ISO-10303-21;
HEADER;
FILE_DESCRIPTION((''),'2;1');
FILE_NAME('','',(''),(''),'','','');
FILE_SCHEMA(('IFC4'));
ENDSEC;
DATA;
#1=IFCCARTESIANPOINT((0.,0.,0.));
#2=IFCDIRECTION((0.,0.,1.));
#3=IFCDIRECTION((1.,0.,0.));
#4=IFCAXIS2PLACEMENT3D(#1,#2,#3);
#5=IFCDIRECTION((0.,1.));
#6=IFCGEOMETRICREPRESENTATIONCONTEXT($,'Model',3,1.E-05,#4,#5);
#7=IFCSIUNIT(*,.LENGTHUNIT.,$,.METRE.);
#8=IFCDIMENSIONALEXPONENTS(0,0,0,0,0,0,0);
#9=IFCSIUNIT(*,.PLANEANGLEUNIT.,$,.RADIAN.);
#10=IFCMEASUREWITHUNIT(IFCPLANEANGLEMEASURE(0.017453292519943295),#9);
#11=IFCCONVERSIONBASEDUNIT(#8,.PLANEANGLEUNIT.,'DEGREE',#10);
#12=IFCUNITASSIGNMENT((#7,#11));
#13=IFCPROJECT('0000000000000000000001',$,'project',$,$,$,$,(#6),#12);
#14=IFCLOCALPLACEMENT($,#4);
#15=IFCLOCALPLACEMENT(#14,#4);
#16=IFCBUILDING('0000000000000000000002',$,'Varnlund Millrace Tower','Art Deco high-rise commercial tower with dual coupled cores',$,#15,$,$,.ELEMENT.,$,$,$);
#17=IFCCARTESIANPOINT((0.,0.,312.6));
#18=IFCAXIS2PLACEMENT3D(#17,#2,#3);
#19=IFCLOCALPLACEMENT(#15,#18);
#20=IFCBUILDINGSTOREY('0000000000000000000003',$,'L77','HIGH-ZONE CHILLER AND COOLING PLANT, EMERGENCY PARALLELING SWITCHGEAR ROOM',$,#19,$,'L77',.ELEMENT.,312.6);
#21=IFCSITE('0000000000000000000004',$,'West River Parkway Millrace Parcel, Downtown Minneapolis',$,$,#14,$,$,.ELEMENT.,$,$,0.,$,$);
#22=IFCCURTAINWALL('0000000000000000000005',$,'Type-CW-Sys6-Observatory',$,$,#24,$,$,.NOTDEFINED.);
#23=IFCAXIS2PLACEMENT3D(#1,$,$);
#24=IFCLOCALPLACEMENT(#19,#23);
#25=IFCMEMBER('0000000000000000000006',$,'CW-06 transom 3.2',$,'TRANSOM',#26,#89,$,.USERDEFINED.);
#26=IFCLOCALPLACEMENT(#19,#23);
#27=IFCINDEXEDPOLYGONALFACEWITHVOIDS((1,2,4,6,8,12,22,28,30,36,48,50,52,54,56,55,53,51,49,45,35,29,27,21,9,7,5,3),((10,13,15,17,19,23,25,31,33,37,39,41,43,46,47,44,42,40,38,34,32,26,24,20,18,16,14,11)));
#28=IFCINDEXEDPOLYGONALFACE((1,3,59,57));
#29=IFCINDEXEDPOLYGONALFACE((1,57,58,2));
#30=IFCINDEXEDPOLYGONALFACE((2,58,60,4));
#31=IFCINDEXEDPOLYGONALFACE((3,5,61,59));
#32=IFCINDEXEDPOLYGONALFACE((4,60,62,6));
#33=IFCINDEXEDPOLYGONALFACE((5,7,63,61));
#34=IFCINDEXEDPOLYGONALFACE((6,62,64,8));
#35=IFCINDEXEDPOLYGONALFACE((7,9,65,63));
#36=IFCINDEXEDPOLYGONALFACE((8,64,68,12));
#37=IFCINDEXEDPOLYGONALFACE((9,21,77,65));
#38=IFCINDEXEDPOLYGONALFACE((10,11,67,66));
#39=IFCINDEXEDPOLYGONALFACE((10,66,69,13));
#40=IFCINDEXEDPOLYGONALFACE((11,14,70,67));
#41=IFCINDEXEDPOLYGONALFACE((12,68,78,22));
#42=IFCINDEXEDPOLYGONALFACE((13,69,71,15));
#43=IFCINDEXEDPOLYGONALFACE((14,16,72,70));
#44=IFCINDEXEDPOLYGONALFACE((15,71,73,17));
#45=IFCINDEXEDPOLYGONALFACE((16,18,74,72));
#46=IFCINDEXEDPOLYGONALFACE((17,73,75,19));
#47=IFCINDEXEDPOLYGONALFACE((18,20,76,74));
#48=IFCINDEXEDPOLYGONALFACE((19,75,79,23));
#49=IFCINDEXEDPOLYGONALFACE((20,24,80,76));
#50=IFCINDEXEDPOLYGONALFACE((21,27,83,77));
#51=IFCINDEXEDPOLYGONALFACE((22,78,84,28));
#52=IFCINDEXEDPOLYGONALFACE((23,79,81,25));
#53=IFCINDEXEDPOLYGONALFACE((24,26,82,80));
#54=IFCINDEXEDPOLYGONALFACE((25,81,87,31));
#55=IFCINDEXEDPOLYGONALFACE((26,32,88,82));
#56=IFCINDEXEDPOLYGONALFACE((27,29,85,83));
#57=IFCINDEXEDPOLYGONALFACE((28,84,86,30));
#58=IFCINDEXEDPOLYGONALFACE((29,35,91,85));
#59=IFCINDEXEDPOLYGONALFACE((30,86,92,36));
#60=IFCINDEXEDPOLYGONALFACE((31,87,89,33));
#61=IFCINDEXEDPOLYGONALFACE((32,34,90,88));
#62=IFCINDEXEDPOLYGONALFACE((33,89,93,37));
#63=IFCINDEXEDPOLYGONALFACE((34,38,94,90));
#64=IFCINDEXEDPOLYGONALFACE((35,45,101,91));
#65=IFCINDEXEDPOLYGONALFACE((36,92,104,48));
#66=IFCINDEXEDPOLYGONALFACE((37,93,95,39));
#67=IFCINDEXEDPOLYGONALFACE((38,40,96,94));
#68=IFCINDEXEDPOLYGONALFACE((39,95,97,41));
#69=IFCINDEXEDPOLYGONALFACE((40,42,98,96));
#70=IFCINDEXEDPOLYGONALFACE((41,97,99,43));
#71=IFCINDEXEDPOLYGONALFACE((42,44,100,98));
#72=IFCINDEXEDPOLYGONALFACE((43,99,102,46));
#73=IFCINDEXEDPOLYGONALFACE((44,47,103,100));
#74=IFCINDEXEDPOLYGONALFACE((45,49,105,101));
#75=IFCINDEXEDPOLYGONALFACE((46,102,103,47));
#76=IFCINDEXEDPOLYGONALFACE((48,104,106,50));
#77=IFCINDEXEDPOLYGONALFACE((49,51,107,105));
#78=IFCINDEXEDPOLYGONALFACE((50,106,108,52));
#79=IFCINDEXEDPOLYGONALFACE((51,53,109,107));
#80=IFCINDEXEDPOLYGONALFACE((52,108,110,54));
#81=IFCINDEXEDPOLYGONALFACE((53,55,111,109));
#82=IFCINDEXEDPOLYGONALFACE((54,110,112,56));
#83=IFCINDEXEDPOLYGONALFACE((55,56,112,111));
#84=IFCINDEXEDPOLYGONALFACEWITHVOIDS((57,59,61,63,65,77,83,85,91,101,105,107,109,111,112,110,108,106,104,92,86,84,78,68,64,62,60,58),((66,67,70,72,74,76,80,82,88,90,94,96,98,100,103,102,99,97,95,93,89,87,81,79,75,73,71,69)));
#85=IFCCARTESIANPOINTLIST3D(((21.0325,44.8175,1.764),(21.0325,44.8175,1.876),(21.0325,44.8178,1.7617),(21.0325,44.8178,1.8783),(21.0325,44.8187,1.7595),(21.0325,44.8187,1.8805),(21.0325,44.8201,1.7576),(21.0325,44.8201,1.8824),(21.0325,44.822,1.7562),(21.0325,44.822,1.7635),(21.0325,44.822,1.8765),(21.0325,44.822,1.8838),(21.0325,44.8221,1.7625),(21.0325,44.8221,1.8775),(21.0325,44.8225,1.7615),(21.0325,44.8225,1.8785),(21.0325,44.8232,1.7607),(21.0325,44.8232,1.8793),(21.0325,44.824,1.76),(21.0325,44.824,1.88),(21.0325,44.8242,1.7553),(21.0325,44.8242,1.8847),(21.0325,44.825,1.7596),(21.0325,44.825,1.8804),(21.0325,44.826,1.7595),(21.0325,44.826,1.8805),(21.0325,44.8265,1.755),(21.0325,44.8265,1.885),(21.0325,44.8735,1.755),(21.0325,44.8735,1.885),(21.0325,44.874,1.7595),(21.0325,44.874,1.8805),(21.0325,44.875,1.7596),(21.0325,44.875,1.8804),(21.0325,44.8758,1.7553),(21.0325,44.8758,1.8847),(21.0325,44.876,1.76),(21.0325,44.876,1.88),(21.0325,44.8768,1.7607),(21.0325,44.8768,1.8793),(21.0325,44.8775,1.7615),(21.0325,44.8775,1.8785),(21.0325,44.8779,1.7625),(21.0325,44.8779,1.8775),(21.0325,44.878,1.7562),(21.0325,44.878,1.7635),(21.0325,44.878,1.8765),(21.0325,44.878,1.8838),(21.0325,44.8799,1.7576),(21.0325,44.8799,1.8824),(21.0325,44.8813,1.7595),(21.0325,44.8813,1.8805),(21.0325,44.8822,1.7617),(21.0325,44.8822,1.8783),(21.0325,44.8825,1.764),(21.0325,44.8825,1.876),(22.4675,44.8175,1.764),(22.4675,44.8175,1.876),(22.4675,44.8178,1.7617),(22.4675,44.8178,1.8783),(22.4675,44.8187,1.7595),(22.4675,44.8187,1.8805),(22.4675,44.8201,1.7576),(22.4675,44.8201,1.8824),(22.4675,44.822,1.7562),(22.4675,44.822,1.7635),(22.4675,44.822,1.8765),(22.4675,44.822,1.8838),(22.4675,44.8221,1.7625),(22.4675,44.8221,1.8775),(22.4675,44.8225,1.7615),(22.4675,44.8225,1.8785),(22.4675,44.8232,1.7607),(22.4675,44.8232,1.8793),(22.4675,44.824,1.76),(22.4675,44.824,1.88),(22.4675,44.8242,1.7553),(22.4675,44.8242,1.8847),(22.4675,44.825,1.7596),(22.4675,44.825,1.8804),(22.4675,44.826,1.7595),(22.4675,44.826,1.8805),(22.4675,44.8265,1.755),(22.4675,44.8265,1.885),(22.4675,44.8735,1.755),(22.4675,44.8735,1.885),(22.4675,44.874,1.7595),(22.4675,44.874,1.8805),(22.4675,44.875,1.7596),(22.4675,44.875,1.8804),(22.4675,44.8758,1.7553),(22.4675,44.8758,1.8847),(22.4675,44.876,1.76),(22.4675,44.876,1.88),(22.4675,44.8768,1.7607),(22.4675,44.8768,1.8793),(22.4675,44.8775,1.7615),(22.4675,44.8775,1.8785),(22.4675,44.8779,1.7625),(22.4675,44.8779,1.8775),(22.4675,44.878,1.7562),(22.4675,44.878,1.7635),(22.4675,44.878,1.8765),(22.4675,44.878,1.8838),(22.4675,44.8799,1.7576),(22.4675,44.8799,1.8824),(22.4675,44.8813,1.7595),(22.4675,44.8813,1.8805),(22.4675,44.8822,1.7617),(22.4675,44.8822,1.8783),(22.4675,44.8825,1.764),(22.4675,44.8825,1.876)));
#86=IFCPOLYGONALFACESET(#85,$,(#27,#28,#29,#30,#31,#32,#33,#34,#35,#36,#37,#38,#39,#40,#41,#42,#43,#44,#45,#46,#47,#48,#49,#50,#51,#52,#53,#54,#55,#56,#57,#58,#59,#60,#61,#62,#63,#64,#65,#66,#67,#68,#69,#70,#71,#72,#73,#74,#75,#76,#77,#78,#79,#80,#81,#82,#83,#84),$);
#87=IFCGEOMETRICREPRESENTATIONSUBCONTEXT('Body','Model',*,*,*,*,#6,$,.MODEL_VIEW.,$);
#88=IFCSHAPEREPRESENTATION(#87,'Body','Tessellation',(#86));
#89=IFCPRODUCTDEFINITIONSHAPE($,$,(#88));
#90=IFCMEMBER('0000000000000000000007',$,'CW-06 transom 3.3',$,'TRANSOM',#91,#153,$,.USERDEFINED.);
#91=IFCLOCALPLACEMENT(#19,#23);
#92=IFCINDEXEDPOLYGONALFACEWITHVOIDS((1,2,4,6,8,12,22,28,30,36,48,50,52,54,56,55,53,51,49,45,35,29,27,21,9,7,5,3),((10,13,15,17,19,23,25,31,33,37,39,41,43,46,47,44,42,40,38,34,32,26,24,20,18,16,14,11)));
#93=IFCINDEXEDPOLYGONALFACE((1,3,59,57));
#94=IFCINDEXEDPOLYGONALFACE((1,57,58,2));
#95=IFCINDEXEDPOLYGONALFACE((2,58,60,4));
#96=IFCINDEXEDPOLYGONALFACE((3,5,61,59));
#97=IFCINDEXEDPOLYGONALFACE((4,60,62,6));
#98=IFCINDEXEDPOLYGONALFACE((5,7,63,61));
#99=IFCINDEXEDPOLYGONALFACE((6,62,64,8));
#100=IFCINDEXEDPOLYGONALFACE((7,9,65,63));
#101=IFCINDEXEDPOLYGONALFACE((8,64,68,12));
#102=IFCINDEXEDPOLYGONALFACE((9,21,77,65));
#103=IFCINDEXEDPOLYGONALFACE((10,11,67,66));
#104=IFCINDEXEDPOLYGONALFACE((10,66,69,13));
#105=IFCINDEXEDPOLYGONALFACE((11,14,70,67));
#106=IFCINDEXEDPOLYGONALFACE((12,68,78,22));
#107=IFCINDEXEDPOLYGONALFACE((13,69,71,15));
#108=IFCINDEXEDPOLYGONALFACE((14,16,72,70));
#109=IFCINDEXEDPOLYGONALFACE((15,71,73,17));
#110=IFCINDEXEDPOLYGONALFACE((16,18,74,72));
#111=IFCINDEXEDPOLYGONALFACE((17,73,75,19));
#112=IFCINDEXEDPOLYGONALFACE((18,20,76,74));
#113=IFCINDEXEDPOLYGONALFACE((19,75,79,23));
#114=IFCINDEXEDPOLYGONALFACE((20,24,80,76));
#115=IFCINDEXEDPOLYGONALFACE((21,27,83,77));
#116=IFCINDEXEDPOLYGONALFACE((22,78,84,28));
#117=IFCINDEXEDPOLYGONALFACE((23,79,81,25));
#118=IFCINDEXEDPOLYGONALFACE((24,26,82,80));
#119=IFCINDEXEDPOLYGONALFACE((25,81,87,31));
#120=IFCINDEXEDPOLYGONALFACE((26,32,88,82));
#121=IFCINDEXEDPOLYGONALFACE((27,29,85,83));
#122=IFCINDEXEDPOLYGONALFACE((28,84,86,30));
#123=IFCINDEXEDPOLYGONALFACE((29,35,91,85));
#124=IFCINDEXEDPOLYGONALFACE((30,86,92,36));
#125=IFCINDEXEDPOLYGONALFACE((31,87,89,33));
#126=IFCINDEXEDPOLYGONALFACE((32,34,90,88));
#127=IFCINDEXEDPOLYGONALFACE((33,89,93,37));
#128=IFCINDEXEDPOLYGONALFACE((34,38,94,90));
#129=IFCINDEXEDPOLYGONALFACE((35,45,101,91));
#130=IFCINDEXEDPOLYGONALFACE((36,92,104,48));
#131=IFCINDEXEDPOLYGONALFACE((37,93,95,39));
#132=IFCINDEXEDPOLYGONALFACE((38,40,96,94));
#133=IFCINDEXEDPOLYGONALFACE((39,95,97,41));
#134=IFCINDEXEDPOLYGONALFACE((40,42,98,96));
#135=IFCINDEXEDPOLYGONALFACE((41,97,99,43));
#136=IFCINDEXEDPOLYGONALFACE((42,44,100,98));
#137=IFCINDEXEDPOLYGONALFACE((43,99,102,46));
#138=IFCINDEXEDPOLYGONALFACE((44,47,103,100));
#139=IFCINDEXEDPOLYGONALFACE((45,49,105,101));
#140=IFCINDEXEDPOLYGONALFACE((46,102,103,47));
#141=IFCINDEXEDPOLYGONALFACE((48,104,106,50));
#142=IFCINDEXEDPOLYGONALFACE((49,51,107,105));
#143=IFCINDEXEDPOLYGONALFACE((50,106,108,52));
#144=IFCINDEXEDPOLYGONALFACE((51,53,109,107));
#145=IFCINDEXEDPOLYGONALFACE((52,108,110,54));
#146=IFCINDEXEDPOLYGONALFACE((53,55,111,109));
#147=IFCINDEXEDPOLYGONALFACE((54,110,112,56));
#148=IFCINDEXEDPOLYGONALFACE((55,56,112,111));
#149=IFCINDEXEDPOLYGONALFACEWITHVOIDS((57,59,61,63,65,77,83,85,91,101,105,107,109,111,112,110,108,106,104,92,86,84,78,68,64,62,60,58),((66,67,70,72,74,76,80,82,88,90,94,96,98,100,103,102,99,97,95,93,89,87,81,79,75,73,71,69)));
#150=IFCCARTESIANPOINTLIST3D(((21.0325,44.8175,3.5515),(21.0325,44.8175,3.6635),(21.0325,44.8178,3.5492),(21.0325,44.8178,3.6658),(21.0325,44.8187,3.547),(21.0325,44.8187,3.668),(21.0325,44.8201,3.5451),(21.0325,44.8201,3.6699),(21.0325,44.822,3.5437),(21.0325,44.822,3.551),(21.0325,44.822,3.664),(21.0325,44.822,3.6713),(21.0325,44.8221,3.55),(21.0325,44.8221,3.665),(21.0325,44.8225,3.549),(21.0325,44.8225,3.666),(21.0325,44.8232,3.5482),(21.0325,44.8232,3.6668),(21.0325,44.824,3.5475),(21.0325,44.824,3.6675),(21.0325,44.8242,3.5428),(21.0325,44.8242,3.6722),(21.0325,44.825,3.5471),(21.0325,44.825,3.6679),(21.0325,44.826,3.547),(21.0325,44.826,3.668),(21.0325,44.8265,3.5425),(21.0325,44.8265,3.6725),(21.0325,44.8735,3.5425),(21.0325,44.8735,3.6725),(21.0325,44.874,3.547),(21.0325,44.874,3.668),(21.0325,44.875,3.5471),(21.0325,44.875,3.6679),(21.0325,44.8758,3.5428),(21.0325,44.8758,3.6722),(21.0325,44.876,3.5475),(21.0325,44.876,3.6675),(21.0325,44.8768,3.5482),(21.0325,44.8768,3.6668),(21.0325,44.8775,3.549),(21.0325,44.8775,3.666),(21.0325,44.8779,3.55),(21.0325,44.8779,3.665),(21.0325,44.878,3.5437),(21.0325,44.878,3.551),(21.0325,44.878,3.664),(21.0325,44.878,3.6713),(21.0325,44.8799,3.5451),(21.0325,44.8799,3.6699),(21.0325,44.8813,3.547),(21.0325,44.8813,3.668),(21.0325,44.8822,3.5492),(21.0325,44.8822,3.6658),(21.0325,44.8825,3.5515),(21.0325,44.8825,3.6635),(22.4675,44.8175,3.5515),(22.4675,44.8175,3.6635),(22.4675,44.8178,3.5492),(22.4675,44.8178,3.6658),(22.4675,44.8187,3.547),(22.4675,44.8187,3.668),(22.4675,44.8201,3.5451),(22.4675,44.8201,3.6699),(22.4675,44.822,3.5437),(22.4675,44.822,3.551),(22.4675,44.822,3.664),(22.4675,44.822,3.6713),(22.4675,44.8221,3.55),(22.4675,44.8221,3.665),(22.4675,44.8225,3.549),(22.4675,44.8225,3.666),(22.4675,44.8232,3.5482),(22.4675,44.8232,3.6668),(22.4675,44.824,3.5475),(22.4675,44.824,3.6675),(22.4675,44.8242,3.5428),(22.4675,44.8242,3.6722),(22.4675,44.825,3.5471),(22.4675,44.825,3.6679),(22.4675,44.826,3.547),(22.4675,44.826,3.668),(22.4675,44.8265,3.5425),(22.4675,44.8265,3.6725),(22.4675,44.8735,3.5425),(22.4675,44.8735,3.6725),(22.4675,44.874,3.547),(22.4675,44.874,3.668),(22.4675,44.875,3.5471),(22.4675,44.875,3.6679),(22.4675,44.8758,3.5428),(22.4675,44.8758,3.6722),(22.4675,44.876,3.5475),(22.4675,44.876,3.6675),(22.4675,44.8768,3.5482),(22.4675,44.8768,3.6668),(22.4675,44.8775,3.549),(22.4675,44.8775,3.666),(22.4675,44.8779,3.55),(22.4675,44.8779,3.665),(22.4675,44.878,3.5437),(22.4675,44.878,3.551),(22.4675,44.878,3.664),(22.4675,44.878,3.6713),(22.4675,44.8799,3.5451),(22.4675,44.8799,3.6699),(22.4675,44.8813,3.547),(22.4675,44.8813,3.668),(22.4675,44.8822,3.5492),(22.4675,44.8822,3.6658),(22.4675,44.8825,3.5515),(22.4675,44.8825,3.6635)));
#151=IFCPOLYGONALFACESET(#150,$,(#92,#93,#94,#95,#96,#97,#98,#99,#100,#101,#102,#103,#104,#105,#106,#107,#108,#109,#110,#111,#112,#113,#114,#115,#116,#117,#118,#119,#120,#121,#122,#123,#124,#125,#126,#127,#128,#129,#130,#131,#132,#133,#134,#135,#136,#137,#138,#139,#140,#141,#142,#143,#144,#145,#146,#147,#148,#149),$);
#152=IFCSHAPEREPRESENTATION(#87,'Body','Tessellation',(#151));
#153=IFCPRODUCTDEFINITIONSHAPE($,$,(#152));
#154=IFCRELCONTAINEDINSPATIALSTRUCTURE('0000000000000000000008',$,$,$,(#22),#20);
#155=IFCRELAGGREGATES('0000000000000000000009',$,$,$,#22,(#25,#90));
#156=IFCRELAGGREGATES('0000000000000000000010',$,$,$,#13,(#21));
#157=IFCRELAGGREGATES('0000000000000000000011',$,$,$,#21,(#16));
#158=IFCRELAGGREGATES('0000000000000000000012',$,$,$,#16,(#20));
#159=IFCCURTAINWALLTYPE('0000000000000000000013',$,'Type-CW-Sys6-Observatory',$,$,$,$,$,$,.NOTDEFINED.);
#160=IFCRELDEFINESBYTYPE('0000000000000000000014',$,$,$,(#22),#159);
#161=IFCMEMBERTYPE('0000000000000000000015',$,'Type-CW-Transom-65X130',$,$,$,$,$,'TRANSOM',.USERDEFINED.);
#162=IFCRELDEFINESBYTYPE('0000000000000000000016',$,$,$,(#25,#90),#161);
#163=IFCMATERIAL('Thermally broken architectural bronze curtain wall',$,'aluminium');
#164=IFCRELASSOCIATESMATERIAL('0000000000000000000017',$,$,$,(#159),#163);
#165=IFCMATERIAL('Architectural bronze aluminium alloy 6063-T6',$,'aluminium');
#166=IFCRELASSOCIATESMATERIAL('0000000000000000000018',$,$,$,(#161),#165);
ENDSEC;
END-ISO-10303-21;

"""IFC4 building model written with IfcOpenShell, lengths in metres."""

from ifc_helpers import new_model, entity, si_unit, converted_unit, direction, frame, origin_with_axes, origin_2d_with_axis, place, context, subcontext, project, spatial, hollow_rectangle, extrude, material, material_profile, profile_set, type_object, element, aggregate, save


model = new_model("IFC4")

# Units and contexts
model_context = context("Model", 3, precision=1e-05, world=origin_with_axes(), true_north=direction((0.0, 1.0)))
body_context = subcontext(model_context, "Body", "Model", "MODEL_VIEW")
ifc_project = project(units=[si_unit("LENGTHUNIT", "METRE"), converted_unit("PLANEANGLEUNIT", "DEGREE", entity("IfcPlaneAngleMeasure", 0.017453292519943295), si_unit("PLANEANGLEUNIT", "RADIAN"), dimensions=[0, 0, 0, 0, 0, 0, 0])], contexts=[model_context])

# Site, building, storey
site_placement = place(None, origin_with_axes())
site = spatial("IfcSite", under=ifc_project, at=site_placement, Name="West River Parkway Millrace Parcel, Downtown Minneapolis", CompositionType="ELEMENT", RefElevation=0.0)
building_placement = place(site_placement, origin_with_axes())
building = spatial("IfcBuilding", under=site, at=building_placement, Name="Varnlund Millrace Tower", Description="Art Deco high-rise commercial tower with dual coupled cores", CompositionType="ELEMENT")
storey_placement = place(building_placement, frame((0.0, 0.0, 312.6), z_axis=(0.0, 0.0, 1.0), x_axis=(1.0, 0.0, 0.0)))
storey = spatial("IfcBuildingStorey", under=building, at=storey_placement, Name="L77", Description="HIGH-ZONE CHILLER AND COOLING PLANT, EMERGENCY PARALLELING SWITCHGEAR ROOM", LongName="L77", CompositionType="ELEMENT", Elevation=312.6)

# Curtain wall, members
ifc_material_1 = material(Name="Thermally broken architectural bronze curtain wall", Category="aluminium")
curtain_wall_type = type_object("IfcCurtainWallType", Name="Type-CW-Sys6-Observatory", PredefinedType="NOTDEFINED", material=ifc_material_1)
ifc_material_2 = material(Name="Architectural bronze aluminium alloy 6063-T6", Category="aluminium")
ifc_material_profile_1 = material_profile(ifc_material_2, hollow_rectangle(XDim=0.065, YDim=0.13, WallThickness=0.0045, InnerFilletRadius=0.004, OuterFilletRadius=0.009, at=origin_2d_with_axis()), Name="Architectural bronze aluminium alloy 6063-T6")
ifc_profile_set_1 = profile_set([ifc_material_profile_1], Name="Architectural bronze aluminium alloy 6063-T6")
member_type = type_object("IfcMemberType", Name="Type-CW-Transom-65X130", ElementType="TRANSOM", PredefinedType="USERDEFINED", material=ifc_profile_set_1)
curtain_wall_1_placement = place(storey_placement, frame((18.0, 44.85, 0.0), z_axis=(0.0, 0.0, 1.0), x_axis=(1.0, 0.0, 0.0)))
curtain_wall_1 = element("IfcCurtainWall", 1, at=curtain_wall_1_placement, inside=storey, type_object=curtain_wall_type, Name="Type-CW-Sys6-Observatory", PredefinedType="NOTDEFINED")
member_1_placement = place(storey_placement, frame((21.0325, 44.85, 1.82), z_axis=(1.0, 0.0, 0.0), x_axis=(0.0, 1.0, 0.0)))
member_1 = element("IfcMember", 2, at=member_1_placement, type_object=member_type, Name="CW-06 transom 3.2", ObjectType="TRANSOM", PredefinedType="USERDEFINED", context=body_context, shape_type="SweptSolid", body=[
    extrude(hollow_rectangle(XDim=0.065, YDim=0.13, WallThickness=0.0045, InnerFilletRadius=0.004, OuterFilletRadius=0.009, at=origin_2d_with_axis()), origin_with_axes(), (0.0, 0.0, 1.0), 1.435),
])
member_2_placement = place(storey_placement, frame((21.0325, 44.85, 3.6075), z_axis=(1.0, 0.0, 0.0), x_axis=(0.0, 1.0, 0.0)))
member_2 = element("IfcMember", 3, at=member_2_placement, type_object=member_type, Name="CW-06 transom 3.3", ObjectType="TRANSOM", PredefinedType="USERDEFINED", context=body_context, shape_type="SweptSolid", body=[
    extrude(hollow_rectangle(XDim=0.065, YDim=0.13, WallThickness=0.0045, InnerFilletRadius=0.004, OuterFilletRadius=0.009, at=origin_2d_with_axis()), origin_with_axes(), (0.0, 0.0, 1.0), 1.435),
])

aggregate(curtain_wall_1, [member_1, member_2])

save(model, "model.ifc")
